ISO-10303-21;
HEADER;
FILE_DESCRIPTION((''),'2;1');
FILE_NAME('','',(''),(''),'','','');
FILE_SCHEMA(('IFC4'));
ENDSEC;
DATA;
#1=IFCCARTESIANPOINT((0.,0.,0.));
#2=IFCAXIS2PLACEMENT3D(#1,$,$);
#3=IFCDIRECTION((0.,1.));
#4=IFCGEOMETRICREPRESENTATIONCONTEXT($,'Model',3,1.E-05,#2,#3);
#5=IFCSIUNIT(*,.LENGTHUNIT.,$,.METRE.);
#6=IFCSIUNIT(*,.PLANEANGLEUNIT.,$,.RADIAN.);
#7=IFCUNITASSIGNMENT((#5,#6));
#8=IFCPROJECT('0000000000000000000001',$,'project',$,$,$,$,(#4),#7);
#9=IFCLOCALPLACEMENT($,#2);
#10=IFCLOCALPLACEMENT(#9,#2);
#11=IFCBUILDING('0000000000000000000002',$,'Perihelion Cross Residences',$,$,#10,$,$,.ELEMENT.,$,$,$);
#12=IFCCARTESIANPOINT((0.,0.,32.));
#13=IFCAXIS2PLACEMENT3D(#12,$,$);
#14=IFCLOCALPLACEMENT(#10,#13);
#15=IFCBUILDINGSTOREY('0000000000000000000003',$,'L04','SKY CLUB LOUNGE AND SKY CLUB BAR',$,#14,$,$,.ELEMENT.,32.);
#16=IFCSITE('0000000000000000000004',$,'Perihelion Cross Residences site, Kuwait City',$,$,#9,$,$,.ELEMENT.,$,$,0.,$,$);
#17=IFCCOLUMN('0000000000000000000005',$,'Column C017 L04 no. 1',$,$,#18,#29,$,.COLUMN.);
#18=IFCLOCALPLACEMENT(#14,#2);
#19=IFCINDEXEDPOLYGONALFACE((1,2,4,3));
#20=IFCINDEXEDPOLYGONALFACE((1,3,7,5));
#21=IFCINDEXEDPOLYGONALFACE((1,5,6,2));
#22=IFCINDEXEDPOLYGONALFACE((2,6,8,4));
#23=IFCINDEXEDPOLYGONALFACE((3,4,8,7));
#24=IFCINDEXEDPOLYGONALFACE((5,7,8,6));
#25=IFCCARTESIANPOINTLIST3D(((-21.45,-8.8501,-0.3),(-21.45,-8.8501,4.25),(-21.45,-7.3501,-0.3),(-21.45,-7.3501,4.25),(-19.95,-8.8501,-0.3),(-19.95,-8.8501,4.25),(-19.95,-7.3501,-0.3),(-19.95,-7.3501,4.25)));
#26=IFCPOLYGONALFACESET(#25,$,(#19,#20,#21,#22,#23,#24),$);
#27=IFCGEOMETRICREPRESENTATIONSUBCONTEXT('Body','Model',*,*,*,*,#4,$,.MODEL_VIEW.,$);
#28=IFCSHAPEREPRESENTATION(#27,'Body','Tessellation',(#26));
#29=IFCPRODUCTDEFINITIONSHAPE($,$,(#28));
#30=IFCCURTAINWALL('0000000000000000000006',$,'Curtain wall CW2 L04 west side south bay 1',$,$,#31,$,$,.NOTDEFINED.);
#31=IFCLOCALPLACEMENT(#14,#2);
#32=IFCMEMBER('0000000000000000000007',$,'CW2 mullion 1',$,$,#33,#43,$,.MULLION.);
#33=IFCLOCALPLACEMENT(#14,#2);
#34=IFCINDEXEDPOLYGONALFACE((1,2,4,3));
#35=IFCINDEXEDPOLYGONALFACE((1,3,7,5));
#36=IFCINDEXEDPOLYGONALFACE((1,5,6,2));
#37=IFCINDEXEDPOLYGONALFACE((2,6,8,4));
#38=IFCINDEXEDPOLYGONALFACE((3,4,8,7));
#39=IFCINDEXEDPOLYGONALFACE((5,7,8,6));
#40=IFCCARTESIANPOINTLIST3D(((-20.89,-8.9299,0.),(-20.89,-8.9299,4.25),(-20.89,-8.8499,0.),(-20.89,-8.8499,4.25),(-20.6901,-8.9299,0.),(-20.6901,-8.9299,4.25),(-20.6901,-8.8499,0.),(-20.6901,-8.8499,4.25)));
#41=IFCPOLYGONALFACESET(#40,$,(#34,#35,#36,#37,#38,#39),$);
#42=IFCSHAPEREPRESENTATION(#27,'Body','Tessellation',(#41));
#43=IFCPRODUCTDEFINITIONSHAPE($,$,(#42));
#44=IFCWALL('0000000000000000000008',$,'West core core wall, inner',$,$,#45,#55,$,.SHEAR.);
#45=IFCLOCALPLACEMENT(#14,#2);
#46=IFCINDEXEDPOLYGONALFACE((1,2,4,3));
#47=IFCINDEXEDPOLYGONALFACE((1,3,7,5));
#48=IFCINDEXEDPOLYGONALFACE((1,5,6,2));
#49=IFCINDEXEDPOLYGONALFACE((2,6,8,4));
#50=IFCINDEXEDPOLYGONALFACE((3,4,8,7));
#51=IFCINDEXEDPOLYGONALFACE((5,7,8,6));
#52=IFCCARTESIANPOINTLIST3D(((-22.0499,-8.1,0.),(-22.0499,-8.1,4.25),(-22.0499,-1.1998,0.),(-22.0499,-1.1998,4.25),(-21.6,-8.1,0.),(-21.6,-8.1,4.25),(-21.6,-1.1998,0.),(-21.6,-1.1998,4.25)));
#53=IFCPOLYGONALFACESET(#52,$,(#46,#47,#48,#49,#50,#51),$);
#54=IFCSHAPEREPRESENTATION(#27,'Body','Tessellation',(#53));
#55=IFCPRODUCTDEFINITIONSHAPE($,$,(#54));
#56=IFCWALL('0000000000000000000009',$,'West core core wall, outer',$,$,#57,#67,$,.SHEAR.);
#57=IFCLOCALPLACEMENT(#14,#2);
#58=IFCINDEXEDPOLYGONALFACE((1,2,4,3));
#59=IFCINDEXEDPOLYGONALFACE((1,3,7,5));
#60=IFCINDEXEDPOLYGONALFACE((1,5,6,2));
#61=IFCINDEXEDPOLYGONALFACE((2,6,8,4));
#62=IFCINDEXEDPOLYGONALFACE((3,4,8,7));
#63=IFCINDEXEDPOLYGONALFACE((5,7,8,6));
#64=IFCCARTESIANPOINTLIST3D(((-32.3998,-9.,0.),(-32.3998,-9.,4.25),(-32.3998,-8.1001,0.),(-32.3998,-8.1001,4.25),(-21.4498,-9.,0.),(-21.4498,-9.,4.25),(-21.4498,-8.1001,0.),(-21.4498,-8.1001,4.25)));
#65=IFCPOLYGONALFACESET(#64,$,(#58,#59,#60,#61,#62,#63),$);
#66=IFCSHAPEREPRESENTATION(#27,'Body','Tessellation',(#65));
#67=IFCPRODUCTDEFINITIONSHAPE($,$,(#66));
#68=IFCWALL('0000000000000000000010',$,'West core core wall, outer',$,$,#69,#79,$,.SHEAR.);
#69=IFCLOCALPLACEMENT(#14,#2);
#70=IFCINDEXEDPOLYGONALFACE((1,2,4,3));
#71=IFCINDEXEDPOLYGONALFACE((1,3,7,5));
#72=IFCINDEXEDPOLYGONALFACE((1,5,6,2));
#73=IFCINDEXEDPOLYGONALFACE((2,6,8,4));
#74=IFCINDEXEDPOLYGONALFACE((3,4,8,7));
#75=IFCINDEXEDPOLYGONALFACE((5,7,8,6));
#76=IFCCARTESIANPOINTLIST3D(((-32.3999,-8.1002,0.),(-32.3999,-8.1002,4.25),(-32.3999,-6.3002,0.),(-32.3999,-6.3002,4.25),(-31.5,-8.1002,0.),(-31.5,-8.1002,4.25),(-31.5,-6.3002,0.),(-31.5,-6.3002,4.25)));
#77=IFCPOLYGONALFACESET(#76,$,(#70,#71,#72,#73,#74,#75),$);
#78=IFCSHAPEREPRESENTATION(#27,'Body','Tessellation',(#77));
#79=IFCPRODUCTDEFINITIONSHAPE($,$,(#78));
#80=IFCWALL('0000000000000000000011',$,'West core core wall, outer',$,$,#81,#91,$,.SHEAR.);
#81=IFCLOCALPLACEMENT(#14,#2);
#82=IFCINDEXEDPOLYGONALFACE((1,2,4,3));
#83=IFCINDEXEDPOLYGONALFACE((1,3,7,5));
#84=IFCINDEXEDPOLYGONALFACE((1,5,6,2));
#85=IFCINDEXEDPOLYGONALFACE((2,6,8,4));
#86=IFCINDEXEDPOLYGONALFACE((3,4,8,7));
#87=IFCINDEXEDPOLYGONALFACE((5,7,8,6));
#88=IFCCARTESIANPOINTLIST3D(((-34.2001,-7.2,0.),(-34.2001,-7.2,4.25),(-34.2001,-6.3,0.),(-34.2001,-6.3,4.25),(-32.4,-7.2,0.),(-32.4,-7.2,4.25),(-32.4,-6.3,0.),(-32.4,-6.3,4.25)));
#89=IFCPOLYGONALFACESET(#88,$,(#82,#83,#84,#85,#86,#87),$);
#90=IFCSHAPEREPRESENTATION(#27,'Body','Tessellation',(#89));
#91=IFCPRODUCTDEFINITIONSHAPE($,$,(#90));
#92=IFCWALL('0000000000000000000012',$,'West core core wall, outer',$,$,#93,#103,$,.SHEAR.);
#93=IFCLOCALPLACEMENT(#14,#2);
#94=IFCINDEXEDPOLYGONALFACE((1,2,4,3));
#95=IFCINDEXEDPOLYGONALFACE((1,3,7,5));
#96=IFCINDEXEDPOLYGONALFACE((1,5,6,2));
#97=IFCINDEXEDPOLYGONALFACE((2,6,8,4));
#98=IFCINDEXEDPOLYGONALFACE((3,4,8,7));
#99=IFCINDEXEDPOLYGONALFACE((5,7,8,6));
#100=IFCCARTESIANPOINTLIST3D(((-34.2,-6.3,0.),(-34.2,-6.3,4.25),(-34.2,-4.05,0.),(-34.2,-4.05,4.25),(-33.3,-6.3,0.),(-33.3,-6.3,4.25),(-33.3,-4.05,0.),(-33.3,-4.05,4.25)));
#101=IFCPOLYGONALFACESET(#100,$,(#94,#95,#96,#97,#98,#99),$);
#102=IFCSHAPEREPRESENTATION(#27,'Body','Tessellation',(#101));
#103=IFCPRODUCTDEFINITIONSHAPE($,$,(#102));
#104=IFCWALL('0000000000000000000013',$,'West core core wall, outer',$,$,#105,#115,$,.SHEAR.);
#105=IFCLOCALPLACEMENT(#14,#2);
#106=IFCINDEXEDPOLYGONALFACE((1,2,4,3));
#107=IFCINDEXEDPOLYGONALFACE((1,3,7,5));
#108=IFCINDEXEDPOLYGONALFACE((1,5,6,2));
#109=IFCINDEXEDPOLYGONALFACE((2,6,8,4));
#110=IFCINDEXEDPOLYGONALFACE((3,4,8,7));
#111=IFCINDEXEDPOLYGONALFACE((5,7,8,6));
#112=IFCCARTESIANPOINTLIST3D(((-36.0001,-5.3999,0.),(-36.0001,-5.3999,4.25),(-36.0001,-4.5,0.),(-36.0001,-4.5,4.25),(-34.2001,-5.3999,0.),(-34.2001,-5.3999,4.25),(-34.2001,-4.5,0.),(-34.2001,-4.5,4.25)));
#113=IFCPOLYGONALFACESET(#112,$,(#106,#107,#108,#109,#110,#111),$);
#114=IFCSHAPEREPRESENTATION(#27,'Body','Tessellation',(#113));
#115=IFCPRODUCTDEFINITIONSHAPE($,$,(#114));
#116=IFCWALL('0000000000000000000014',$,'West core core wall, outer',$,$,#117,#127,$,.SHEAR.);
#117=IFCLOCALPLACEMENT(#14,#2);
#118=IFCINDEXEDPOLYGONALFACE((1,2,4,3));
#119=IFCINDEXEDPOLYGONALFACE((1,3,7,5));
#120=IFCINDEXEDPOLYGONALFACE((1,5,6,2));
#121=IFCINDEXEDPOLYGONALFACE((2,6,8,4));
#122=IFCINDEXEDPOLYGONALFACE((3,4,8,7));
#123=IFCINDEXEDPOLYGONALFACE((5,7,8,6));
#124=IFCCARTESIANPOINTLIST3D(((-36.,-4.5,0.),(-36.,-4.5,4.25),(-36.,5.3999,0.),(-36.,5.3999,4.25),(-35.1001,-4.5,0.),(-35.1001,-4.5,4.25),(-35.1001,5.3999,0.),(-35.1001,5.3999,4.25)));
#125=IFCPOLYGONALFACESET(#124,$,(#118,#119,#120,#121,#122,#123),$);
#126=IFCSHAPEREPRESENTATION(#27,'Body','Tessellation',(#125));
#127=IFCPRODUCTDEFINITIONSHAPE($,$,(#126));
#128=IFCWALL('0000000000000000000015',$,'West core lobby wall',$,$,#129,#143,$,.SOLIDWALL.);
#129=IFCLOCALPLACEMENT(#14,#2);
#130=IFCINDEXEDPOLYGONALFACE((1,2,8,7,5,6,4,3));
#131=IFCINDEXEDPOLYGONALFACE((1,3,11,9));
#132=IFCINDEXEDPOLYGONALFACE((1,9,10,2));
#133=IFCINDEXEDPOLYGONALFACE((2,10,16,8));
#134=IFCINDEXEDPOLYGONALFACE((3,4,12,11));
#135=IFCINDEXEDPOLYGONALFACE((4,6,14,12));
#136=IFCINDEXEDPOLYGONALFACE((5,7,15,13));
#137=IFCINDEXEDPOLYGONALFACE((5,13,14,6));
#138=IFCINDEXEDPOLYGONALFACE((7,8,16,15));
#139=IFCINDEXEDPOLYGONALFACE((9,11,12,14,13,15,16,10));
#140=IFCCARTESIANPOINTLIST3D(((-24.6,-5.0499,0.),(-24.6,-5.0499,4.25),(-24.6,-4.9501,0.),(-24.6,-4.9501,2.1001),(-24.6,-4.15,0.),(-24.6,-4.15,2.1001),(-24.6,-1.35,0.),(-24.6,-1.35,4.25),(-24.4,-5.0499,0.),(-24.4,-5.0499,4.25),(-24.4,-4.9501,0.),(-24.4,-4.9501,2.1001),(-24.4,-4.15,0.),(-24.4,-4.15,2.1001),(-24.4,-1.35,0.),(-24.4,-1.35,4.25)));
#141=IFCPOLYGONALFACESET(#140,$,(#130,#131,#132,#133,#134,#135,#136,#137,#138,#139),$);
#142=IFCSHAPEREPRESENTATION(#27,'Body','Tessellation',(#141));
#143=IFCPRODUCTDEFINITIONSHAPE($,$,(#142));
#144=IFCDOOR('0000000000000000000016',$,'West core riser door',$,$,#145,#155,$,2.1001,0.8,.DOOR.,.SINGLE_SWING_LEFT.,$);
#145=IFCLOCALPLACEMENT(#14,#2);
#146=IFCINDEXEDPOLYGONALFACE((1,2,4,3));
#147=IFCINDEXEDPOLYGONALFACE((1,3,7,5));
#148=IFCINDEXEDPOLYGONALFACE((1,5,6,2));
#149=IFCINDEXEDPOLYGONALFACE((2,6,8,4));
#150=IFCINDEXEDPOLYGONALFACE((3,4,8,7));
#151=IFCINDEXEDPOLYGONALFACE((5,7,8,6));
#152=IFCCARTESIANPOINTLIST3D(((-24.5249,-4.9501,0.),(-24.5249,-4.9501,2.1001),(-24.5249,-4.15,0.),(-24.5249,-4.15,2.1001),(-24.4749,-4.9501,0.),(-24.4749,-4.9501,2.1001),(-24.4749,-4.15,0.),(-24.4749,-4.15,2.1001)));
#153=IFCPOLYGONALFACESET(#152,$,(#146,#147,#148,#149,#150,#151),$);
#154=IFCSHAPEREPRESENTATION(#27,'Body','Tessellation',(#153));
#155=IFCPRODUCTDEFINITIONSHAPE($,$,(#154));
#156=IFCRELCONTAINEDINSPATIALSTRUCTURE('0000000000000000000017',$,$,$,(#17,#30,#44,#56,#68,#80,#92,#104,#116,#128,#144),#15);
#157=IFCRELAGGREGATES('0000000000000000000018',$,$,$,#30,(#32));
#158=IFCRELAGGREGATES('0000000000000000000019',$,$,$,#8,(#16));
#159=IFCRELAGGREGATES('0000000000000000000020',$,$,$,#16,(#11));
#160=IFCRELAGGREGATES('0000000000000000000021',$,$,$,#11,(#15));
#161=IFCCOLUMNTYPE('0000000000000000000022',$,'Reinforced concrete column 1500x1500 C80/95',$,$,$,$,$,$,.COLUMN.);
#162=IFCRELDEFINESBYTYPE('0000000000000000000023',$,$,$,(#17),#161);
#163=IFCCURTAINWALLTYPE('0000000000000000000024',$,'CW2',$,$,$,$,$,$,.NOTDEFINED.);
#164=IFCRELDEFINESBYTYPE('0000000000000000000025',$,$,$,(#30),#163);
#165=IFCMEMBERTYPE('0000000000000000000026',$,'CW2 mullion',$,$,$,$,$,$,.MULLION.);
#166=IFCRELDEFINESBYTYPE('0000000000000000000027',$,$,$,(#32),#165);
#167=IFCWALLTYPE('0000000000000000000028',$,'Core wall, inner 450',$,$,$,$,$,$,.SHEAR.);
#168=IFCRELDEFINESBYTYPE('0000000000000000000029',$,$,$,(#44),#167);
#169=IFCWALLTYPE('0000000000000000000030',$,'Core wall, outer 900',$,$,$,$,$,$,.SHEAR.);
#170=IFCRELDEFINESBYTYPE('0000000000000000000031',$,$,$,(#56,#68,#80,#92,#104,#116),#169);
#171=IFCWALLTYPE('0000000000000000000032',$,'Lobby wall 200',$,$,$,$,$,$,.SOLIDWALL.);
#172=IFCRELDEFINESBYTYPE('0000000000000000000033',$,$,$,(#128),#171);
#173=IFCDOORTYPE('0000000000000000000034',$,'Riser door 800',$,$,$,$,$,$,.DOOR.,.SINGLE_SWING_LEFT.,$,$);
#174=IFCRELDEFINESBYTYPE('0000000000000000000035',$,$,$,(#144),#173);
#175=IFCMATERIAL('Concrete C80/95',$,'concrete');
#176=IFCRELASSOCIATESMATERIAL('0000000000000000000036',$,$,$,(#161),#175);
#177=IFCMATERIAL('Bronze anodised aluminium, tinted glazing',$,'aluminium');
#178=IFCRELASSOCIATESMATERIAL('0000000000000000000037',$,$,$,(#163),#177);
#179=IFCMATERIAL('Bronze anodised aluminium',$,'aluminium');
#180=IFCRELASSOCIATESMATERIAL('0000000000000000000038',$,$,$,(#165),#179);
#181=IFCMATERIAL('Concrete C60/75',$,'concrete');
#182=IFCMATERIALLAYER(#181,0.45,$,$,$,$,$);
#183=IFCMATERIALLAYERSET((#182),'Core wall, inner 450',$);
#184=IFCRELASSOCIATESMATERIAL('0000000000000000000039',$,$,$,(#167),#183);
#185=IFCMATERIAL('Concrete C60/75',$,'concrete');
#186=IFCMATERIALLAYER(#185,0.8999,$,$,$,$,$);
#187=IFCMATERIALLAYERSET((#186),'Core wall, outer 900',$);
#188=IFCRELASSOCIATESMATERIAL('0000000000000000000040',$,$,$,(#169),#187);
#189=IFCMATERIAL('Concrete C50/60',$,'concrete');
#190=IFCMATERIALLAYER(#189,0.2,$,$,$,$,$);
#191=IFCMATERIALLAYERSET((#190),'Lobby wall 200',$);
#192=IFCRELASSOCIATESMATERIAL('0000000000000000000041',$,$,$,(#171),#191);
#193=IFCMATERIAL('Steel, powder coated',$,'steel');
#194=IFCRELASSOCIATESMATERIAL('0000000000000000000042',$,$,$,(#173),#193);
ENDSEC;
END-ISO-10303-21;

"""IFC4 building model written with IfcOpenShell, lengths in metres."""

from ifc_helpers import new_model, si_unit, direction, frame, frame_2d, origin, origin_2d, place, context, subcontext, project, spatial, rectangle, extrude, material, layer, layer_set, material_profile, profile_set, type_object, element, fill, aggregate, save


model = new_model("IFC4")

# Units and contexts
model_context = context("Model", 3, precision=1e-05, world=origin(), true_north=direction((0.0, 1.0)))
body_context = subcontext(model_context, "Body", "Model", "MODEL_VIEW")
ifc_project = project(units=[si_unit("LENGTHUNIT", "METRE"), si_unit("PLANEANGLEUNIT", "RADIAN")], contexts=[model_context])

# Site, building, storey
site_placement = place(None, origin())
site = spatial("IfcSite", under=ifc_project, at=site_placement, Name="Perihelion Cross Residences site, Kuwait City", CompositionType="ELEMENT", RefElevation=0.0)
building_placement = place(site_placement, origin())
building = spatial("IfcBuilding", under=site, at=building_placement, Name="Perihelion Cross Residences", CompositionType="ELEMENT")
storey_placement = place(building_placement, frame((0.0, 0.0, 32.0)))
storey = spatial("IfcBuildingStorey", under=building, at=storey_placement, Name="L04", Description="SKY CLUB LOUNGE AND SKY CLUB BAR", CompositionType="ELEMENT", Elevation=32.0)

# Column
ifc_material_1 = material(Name="Concrete C80/95", Category="concrete")
ifc_material_profile_1 = material_profile(ifc_material_1, rectangle(XDim=1.5, YDim=1.5, at=origin_2d()), Name="RC 1500x1500")
ifc_profile_set_1 = profile_set([ifc_material_profile_1], Name="Concrete C80/95")
column_type = type_object("IfcColumnType", Name="Reinforced concrete column 1500x1500 C80/95", PredefinedType="COLUMN", material=ifc_profile_set_1)
column_placement = place(storey_placement, frame((-20.7, -8.1001, -0.3), z_axis=(0.0, 0.0, 1.0), x_axis=(1.0, 0.0, 0.0)))
element("IfcColumn", 1, at=column_placement, inside=storey, type_object=column_type, Name="Column C017 L04 no. 1", PredefinedType="COLUMN", context=body_context, shape_type="SweptSolid", body=[
    extrude(rectangle(XDim=1.5, YDim=1.5, at=origin_2d()), origin(), (0.0, 0.0, 1.0), 4.55),
])

# Curtain wall, member
ifc_material_2 = material(Name="Bronze anodised aluminium, tinted glazing", Category="aluminium")
curtain_wall_type = type_object("IfcCurtainWallType", Name="CW2", PredefinedType="NOTDEFINED", material=ifc_material_2)
curtain_wall_placement = place(storey_placement, origin())
curtain_wall = element("IfcCurtainWall", 2, at=curtain_wall_placement, inside=storey, type_object=curtain_wall_type, Name="Curtain wall CW2 L04 west side south bay 1", PredefinedType="NOTDEFINED")
ifc_material_3 = material(Name="Bronze anodised aluminium", Category="aluminium")
ifc_material_profile_2 = material_profile(ifc_material_3, rectangle(XDim=0.0801, YDim=0.2, at=origin_2d()), Name="CW2 mullion")
ifc_profile_set_2 = profile_set([ifc_material_profile_2], Name="Bronze anodised aluminium")
member_type = type_object("IfcMemberType", Name="CW2 mullion", PredefinedType="MULLION", material=ifc_profile_set_2)
member_placement = place(storey_placement, frame((-20.79, -8.8899, 0.0), z_axis=(0.0, 0.0, 1.0), x_axis=(0.0, 1.0, 0.0)))
member = element("IfcMember", 3, at=member_placement, type_object=member_type, Name="CW2 mullion 1", PredefinedType="MULLION", context=body_context, shape_type="SweptSolid", body=[
    extrude(rectangle(XDim=0.0801, YDim=0.2, at=origin_2d()), origin(), (0.0, 0.0, 1.0), 4.25),
])
aggregate(curtain_wall, [member])

# Walls
ifc_material_4 = material(Name="Concrete C60/75", Category="concrete")
ifc_layer_1 = layer(ifc_material_4, 0.45)
ifc_layer_set_1 = layer_set([ifc_layer_1], Name="Core wall, inner 450")
wall_type_1 = type_object("IfcWallType", Name="Core wall, inner 450", PredefinedType="SHEAR", material=ifc_layer_set_1)
wall_1_placement = place(storey_placement, frame((-21.825, -8.1001, 0.0), z_axis=(0.0, 0.0, 1.0), x_axis=(0.0, 1.0, 0.0)))
element("IfcWall", 4, at=wall_1_placement, inside=storey, type_object=wall_type_1, Name="West core core wall, inner", PredefinedType="SHEAR", context=body_context, shape_type="SweptSolid", body=[
    extrude(rectangle(XDim=6.9001, YDim=0.45, at=frame_2d((3.4502, 0.0))), origin(), (0.0, 0.0, 1.0), 4.25),
])
ifc_material_5 = material(Name="Concrete C60/75", Category="concrete")
ifc_layer_2 = layer(ifc_material_5, 0.8999)
ifc_layer_set_2 = layer_set([ifc_layer_2], Name="Core wall, outer 900")
wall_type_2 = type_object("IfcWallType", Name="Core wall, outer 900", PredefinedType="SHEAR", material=ifc_layer_set_2)
wall_2_placement = place(storey_placement, frame((-32.3999, -8.55, 0.0), z_axis=(0.0, 0.0, 1.0), x_axis=(1.0, 0.0, 0.0)))
element("IfcWall", 5, at=wall_2_placement, inside=storey, type_object=wall_type_2, Name="West core core wall, outer", PredefinedType="SHEAR", context=body_context, shape_type="SweptSolid", body=[
    extrude(rectangle(XDim=10.95, YDim=0.8999, at=frame_2d((5.4751, 0.0))), origin(), (0.0, 0.0, 1.0), 4.25),
])
for number, where, z_axis, x_axis, name in (
    (6, (-31.95, -8.1001, 0.0), (0.0, 0.0, 1.0), (0.0, 1.0, 0.0), "West core core wall, outer"),
    (7, (-34.2, -6.75, 0.0), (0.0, 0.0, 1.0), (1.0, 0.0, 0.0), "West core core wall, outer"),
):
    element("IfcWall", number, at=place(storey_placement, frame(where, z_axis=z_axis, x_axis=x_axis)), inside=storey, type_object=wall_type_2, Name=name, PredefinedType="SHEAR", context=body_context, shape_type="SweptSolid", body=[
        extrude(rectangle(XDim=1.8, YDim=0.8999, at=frame_2d((0.8999, 0.0))), origin(), (0.0, 0.0, 1.0), 4.25),
    ])
wall_3_placement = place(storey_placement, frame((-33.75, -6.3, 0.0), z_axis=(0.0, 0.0, 1.0), x_axis=(0.0, 1.0, 0.0)))
element("IfcWall", 8, at=wall_3_placement, inside=storey, type_object=wall_type_2, Name="West core core wall, outer", PredefinedType="SHEAR", context=body_context, shape_type="SweptSolid", body=[
    extrude(rectangle(XDim=2.25, YDim=0.8999, at=frame_2d((1.125, 0.0))), origin(), (0.0, 0.0, 1.0), 4.25),
])
wall_4_placement = place(storey_placement, frame((-36.0, -4.95, 0.0), z_axis=(0.0, 0.0, 1.0), x_axis=(1.0, 0.0, 0.0)))
element("IfcWall", 9, at=wall_4_placement, inside=storey, type_object=wall_type_2, Name="West core core wall, outer", PredefinedType="SHEAR", context=body_context, shape_type="SweptSolid", body=[
    extrude(rectangle(XDim=1.8, YDim=0.8999, at=frame_2d((0.8999, 0.0))), origin(), (0.0, 0.0, 1.0), 4.25),
])
wall_5_placement = place(storey_placement, frame((-35.55, -4.5, 0.0), z_axis=(0.0, 0.0, 1.0), x_axis=(0.0, 1.0, 0.0)))
element("IfcWall", 10, at=wall_5_placement, inside=storey, type_object=wall_type_2, Name="West core core wall, outer", PredefinedType="SHEAR", context=body_context, shape_type="SweptSolid", body=[
    extrude(rectangle(XDim=9.8999, YDim=0.8999, at=frame_2d((4.95, 0.0))), origin(), (0.0, 0.0, 1.0), 4.25),
])

# Wall, opening, door
ifc_material_6 = material(Name="Concrete C50/60", Category="concrete")
ifc_layer_3 = layer(ifc_material_6, 0.2)
ifc_layer_set_3 = layer_set([ifc_layer_3], Name="Lobby wall 200")
wall_type_3 = type_object("IfcWallType", Name="Lobby wall 200", PredefinedType="SOLIDWALL", material=ifc_layer_set_3)
wall_6_placement = place(storey_placement, frame((-24.5, -5.05, 0.0), z_axis=(0.0, 0.0, 1.0), x_axis=(0.0, 1.0, 0.0)))
wall_6 = element("IfcWall", 11, at=wall_6_placement, inside=storey, type_object=wall_type_3, Name="West core lobby wall", PredefinedType="SOLIDWALL", context=body_context, shape_type="SweptSolid", body=[
    extrude(rectangle(XDim=3.7, YDim=0.2, at=frame_2d((1.8501, 0.0))), origin(), (0.0, 0.0, 1.0), 4.25),
])
opening_1_placement = place(wall_6_placement, frame((0.1001, 0.0, 0.0)))
opening_1 = element("IfcOpeningElement", 12, at=opening_1_placement, cuts=wall_6, PredefinedType="OPENING", context=body_context, shape_type="SweptSolid", body=[
    extrude(rectangle(XDim=0.8, YDim=2.1001, at=frame_2d((0.3999, 1.05))), frame((0.0, 0.1099, 0.0), z_axis=(0.0, -1.0, 0.0), x_axis=(1.0, 0.0, 0.0)), (0.0, 0.0, 1.0), 0.22),
])
ifc_material_7 = material(Name="Steel, powder coated", Category="steel")
door_type_1 = type_object("IfcDoorType", Name="Riser door 800", OperationType="SINGLE_SWING_LEFT", PredefinedType="DOOR", material=ifc_material_7)
door_1_placement = place(opening_1_placement, origin())
door_1 = element("IfcDoor", 13, at=door_1_placement, inside=storey, type_object=door_type_1, Name="West core riser door", OperationType="SINGLE_SWING_LEFT", OverallHeight=2.1001, OverallWidth=0.8, PredefinedType="DOOR", context=body_context, shape_type="SweptSolid", body=[
    extrude(rectangle(XDim=0.8, YDim=2.1001, at=frame_2d((0.3999, 1.05))), frame((0.0, 0.0249, 0.0), z_axis=(0.0, -1.0, 0.0), x_axis=(1.0, 0.0, 0.0)), (0.0, 0.0, 1.0), 0.05),
])
fill(opening_1, door_1)

save(model, "model.ifc")
